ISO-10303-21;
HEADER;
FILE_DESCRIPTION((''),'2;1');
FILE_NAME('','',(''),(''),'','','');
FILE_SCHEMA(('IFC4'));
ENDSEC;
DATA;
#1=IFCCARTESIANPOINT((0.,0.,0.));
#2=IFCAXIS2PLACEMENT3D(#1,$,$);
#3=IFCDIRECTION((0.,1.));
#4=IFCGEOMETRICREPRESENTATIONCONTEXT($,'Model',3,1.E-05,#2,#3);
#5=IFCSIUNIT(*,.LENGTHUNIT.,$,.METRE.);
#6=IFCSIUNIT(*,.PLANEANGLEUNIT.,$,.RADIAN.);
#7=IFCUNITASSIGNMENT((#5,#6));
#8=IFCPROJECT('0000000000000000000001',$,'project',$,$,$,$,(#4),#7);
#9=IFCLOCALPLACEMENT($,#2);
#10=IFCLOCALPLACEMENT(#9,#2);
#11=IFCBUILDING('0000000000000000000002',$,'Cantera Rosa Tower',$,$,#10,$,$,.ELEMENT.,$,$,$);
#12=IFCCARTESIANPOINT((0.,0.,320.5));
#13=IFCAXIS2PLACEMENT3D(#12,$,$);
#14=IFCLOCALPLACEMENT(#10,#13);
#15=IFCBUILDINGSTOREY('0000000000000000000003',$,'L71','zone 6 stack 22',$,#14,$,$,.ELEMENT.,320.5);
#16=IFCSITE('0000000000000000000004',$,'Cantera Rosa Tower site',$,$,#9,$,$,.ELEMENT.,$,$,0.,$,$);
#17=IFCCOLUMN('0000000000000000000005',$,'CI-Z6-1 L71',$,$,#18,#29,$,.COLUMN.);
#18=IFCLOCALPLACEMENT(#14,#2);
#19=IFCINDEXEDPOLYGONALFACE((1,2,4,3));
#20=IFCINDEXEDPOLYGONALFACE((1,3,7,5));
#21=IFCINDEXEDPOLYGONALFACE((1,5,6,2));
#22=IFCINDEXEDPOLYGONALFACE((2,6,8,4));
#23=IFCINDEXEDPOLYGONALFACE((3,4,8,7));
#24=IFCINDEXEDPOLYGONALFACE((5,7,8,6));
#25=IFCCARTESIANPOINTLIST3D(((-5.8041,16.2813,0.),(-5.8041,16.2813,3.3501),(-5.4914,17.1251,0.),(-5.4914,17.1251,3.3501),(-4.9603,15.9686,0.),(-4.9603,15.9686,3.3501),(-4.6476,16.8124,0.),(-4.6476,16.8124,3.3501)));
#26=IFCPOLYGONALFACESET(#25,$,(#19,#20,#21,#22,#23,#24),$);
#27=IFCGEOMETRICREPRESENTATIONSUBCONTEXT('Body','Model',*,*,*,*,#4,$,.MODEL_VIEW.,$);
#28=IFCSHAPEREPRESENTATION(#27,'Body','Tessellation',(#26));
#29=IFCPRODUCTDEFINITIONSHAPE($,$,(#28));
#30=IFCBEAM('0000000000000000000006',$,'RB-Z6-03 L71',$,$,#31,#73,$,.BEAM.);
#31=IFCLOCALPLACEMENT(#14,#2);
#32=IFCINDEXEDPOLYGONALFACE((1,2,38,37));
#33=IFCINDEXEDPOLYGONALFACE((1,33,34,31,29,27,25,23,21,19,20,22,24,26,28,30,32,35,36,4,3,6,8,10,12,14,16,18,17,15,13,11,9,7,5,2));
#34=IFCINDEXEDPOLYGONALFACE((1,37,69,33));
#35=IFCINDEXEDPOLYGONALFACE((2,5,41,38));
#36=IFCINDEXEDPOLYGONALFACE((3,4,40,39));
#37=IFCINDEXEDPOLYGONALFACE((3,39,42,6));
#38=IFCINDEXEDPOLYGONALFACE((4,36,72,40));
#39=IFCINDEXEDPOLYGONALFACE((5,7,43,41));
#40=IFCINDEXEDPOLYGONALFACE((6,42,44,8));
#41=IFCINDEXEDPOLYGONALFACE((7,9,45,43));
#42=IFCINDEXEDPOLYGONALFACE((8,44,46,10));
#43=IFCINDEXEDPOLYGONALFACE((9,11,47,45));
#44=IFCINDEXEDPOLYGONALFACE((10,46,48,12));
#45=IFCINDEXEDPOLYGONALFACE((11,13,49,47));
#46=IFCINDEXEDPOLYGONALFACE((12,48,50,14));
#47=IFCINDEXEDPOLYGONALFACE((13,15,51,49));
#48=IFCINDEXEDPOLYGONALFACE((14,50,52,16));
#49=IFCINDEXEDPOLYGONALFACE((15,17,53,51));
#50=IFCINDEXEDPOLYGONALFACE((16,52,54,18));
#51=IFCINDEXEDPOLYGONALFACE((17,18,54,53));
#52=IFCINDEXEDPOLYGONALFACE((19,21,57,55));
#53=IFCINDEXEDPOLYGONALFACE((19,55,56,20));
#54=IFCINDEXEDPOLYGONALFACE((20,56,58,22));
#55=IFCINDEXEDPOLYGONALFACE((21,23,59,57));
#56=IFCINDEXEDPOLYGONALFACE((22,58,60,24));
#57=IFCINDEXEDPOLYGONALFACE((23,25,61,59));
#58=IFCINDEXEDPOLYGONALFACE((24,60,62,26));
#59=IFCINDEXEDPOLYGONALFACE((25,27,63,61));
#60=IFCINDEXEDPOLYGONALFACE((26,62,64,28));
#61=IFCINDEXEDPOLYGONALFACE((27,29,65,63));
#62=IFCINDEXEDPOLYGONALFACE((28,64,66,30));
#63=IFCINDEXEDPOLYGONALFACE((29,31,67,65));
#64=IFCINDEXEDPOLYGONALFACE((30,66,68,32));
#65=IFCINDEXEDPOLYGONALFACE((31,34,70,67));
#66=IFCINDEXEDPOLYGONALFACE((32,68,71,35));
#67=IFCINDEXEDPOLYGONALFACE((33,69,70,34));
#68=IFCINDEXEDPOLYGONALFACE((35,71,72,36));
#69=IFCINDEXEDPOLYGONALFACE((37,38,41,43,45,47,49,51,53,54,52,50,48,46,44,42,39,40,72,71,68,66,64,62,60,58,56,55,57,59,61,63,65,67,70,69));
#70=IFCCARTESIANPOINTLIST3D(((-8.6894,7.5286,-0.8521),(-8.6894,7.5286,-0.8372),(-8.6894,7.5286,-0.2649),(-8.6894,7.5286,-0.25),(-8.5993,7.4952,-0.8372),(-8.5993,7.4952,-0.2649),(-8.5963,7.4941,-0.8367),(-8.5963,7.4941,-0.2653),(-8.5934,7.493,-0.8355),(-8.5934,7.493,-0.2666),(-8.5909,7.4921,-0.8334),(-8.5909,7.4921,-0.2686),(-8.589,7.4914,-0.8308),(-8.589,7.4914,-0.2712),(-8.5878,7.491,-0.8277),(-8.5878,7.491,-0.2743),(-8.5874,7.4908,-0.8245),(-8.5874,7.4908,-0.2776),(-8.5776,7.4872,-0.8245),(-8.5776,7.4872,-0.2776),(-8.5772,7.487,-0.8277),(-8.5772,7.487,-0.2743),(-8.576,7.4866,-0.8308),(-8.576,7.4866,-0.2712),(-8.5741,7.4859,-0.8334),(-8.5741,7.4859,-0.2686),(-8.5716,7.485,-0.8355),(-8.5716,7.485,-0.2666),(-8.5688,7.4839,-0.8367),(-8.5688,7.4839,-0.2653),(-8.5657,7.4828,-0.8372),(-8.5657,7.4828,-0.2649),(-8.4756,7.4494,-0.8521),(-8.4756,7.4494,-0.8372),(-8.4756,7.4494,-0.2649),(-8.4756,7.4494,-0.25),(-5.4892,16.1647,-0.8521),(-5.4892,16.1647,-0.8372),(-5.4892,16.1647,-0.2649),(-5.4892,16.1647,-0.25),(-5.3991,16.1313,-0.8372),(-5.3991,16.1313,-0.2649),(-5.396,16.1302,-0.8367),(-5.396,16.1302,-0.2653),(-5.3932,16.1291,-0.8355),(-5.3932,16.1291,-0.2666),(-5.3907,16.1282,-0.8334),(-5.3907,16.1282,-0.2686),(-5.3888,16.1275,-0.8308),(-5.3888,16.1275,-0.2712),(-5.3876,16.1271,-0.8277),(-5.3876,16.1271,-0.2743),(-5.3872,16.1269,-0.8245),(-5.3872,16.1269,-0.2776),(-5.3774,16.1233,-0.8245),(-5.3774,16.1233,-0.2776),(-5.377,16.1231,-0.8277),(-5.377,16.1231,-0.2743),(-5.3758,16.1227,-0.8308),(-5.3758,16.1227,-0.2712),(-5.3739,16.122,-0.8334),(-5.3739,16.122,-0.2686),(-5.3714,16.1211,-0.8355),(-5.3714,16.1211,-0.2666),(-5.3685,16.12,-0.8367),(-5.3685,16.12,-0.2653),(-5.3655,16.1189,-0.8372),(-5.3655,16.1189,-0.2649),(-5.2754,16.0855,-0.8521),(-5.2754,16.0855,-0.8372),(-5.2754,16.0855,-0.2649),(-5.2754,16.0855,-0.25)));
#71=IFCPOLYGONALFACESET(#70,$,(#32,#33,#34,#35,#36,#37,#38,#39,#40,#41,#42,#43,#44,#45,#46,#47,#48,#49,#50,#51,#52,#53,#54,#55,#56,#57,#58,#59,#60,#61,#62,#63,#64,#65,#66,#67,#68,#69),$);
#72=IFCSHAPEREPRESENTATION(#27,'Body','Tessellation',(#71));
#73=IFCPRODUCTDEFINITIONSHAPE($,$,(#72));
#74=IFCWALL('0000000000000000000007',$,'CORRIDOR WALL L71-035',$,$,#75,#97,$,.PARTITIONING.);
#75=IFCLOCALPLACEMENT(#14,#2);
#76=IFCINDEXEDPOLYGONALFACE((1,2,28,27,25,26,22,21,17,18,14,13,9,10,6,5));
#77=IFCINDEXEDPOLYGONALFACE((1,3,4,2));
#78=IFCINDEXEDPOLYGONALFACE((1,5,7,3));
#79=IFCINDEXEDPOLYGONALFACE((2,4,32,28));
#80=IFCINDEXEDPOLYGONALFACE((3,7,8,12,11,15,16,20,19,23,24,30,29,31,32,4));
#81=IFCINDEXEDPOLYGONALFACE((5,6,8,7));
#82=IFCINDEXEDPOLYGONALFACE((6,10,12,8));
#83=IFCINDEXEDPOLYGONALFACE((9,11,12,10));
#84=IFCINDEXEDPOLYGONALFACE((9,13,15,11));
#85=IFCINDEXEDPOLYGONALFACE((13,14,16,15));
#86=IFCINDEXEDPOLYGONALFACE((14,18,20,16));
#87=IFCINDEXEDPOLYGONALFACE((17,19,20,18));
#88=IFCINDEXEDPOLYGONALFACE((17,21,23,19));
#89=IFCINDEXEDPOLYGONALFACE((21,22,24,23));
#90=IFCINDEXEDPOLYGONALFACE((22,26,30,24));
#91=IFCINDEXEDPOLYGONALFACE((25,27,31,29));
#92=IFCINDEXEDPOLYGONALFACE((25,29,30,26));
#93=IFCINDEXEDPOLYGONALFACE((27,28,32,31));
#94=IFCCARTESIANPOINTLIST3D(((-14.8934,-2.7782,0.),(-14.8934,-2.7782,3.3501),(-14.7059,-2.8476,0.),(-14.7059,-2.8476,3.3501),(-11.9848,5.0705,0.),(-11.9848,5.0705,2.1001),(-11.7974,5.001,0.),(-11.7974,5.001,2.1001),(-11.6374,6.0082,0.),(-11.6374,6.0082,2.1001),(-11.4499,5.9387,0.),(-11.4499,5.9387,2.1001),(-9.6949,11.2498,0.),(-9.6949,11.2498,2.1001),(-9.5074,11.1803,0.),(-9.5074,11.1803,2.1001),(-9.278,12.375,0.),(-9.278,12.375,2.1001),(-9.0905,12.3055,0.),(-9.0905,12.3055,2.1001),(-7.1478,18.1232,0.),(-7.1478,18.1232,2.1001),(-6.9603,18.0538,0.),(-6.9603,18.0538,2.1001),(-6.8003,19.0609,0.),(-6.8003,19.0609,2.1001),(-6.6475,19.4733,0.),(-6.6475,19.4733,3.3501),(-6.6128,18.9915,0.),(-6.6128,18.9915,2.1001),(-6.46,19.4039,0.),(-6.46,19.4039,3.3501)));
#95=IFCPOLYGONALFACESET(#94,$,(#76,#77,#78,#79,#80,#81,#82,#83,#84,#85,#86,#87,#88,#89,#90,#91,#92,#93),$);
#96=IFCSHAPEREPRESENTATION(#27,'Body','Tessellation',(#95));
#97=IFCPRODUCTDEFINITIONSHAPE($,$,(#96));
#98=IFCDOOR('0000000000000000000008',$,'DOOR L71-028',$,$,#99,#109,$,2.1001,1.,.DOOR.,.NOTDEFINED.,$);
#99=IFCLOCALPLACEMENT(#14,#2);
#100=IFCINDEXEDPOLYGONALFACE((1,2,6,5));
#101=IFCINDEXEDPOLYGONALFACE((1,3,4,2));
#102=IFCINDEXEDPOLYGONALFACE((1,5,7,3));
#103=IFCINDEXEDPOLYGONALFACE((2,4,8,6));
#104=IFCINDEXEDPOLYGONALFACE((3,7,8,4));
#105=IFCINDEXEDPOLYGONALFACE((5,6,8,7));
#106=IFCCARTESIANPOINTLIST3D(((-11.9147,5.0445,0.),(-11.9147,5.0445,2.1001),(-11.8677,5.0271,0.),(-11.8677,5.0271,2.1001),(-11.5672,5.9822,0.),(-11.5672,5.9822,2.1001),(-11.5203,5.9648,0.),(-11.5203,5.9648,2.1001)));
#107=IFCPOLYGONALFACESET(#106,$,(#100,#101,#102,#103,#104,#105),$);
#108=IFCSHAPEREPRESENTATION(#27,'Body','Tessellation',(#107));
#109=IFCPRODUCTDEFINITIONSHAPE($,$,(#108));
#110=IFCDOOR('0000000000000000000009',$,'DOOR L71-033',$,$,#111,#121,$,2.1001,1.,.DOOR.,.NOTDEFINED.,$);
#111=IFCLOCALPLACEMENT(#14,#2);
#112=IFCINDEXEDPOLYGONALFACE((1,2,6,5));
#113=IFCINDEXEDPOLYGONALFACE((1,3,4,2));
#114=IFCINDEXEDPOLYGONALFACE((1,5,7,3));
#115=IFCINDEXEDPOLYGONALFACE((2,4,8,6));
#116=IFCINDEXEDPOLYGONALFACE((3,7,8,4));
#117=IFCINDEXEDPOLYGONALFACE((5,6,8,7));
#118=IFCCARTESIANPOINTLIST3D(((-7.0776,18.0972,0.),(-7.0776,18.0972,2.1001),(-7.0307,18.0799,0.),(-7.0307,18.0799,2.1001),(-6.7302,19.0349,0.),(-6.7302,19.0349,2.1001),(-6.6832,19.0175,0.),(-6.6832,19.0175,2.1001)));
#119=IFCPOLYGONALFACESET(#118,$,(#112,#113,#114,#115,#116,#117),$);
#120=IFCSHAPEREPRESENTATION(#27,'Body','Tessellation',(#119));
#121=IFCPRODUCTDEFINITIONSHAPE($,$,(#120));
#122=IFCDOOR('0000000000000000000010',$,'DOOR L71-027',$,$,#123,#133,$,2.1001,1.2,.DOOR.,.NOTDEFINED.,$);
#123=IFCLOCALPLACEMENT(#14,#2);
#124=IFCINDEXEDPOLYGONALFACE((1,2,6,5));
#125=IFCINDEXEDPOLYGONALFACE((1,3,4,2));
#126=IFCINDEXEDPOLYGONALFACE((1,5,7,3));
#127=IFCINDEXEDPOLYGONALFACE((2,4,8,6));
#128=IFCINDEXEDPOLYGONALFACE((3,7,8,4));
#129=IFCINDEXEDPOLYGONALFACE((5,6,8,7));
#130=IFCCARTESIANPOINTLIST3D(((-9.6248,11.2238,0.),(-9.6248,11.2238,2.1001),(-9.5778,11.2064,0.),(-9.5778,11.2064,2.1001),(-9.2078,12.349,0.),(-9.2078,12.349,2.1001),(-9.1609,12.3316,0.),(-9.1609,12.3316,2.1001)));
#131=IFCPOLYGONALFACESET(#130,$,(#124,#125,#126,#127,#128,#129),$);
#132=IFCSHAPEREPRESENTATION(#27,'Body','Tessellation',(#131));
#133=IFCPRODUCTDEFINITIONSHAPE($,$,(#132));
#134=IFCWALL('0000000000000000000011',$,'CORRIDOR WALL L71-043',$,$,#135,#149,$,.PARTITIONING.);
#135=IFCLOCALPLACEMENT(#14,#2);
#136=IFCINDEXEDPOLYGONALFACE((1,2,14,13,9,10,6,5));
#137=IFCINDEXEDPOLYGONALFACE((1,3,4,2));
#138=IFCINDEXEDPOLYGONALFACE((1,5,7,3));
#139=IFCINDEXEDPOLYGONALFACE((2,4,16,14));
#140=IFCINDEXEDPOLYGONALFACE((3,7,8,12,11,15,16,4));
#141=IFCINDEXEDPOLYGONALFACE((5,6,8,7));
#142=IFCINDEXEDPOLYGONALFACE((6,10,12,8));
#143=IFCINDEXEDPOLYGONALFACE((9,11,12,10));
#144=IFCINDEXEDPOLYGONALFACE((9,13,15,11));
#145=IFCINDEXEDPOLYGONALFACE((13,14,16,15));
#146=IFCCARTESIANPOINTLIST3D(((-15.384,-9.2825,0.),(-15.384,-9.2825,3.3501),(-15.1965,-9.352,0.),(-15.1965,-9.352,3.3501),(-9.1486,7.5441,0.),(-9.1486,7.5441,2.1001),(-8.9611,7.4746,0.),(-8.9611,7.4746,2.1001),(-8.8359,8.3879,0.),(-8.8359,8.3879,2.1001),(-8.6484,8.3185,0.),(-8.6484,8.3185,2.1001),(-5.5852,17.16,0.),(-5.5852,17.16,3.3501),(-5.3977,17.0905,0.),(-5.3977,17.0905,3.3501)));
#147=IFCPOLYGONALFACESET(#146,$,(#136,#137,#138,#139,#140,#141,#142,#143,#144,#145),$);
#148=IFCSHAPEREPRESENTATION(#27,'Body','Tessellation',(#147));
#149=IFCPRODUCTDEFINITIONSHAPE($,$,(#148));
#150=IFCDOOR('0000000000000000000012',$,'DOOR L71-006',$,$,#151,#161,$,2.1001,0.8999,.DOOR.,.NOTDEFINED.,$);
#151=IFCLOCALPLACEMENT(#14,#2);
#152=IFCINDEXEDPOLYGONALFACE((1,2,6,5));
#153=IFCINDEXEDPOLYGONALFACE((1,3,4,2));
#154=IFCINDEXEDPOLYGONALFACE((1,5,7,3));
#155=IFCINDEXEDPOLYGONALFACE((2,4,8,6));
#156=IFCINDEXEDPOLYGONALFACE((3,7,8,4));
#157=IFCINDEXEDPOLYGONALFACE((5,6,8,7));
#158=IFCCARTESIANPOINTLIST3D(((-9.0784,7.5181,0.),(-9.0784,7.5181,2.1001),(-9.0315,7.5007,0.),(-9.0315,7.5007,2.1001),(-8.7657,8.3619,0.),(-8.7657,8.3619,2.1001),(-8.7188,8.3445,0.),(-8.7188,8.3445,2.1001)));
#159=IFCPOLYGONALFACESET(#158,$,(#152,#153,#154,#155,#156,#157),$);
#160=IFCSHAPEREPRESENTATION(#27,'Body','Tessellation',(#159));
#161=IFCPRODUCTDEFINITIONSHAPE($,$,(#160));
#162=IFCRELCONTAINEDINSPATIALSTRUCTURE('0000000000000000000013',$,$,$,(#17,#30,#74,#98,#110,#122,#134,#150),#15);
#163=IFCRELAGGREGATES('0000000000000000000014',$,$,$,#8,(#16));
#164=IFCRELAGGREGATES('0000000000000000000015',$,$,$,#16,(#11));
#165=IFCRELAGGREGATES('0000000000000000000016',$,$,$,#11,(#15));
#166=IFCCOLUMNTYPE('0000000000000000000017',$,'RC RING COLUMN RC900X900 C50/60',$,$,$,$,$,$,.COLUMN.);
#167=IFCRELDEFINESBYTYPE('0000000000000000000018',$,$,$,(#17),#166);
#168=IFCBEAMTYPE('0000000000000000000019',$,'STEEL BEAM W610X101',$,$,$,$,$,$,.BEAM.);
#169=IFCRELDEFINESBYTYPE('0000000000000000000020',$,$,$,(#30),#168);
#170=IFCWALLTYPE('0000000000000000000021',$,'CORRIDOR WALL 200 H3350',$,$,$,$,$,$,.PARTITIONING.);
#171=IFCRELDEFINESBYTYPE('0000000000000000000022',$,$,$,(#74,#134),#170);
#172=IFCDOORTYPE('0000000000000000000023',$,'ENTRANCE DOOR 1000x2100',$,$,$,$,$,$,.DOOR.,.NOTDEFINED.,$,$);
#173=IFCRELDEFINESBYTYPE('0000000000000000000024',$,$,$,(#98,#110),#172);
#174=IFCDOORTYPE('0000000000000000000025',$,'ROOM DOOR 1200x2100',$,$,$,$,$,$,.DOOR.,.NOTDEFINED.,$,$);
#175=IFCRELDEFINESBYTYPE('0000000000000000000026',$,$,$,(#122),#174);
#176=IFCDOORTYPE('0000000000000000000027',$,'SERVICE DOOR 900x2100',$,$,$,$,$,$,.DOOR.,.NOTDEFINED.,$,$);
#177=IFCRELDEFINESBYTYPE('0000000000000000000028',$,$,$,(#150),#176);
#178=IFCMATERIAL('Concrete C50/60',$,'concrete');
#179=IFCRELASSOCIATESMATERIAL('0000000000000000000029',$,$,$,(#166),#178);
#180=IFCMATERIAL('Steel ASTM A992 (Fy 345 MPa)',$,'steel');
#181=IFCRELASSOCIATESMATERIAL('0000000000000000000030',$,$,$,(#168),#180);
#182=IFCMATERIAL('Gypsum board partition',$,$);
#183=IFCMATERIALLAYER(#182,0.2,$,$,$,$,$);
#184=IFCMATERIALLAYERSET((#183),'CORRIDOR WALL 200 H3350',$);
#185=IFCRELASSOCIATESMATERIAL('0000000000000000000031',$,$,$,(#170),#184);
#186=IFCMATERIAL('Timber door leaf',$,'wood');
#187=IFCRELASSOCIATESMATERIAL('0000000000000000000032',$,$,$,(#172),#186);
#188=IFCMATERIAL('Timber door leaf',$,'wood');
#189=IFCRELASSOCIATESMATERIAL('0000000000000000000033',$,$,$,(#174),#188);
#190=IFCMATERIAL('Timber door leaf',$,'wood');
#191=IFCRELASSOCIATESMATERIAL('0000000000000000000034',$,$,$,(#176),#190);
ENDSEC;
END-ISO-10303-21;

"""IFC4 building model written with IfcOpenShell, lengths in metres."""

from ifc_helpers import new_model, si_unit, direction, frame, frame_2d, origin, origin_2d, place, context, subcontext, project, spatial, rectangle, i_section, extrude, material, layer, layer_set, material_profile, profile_set, type_object, element, fill, save


model = new_model("IFC4")

# Units and contexts
model_context = context("Model", 3, precision=1e-05, world=origin(), true_north=direction((0.0, 1.0)))
body_context = subcontext(model_context, "Body", "Model", "MODEL_VIEW")
ifc_project = project(units=[si_unit("LENGTHUNIT", "METRE"), si_unit("PLANEANGLEUNIT", "RADIAN")], contexts=[model_context])

# Site, building, storey
site_placement = place(None, origin())
site = spatial("IfcSite", under=ifc_project, at=site_placement, Name="Cantera Rosa Tower site", CompositionType="ELEMENT", RefElevation=0.0)
building_placement = place(site_placement, origin())
building = spatial("IfcBuilding", under=site, at=building_placement, Name="Cantera Rosa Tower", CompositionType="ELEMENT")
storey_placement = place(building_placement, frame((0.0, 0.0, 320.5)))
storey = spatial("IfcBuildingStorey", under=building, at=storey_placement, Name="L71", Description="zone 6 stack 22", CompositionType="ELEMENT", Elevation=320.5)

# Column
ifc_material_1 = material(Name="Concrete C50/60", Category="concrete")
ifc_material_profile_1 = material_profile(ifc_material_1, rectangle(XDim=0.8999, YDim=0.8999, at=origin_2d()), Name="RC RING COLUMN RC900X900 C50/60")
ifc_profile_set_1 = profile_set([ifc_material_profile_1], Name="Concrete C50/60")
column_type = type_object("IfcColumnType", Name="RC RING COLUMN RC900X900 C50/60", PredefinedType="COLUMN", material=ifc_profile_set_1)
column_placement = place(storey_placement, frame((-5.2258, 16.5469, 0.0), z_axis=(0.0, 0.0, 1.0), x_axis=(0.347481, 0.937687, 0.0)))
element("IfcColumn", 1, at=column_placement, inside=storey, type_object=column_type, Name="CI-Z6-1 L71", PredefinedType="COLUMN", context=body_context, shape_type="SweptSolid", body=[
    extrude(rectangle(XDim=0.8999, YDim=0.8999, at=origin_2d()), origin(), (0.0, 0.0, 1.0), 3.3501),
])

# Beam
ifc_material_2 = material(Name="Steel ASTM A992 (Fy 345 MPa)", Category="steel")
ifc_material_profile_2 = material_profile(ifc_material_2, i_section(OverallWidth=0.228, OverallDepth=0.6021, WebThickness=0.0105, FlangeThickness=0.0149, FilletRadius=0.0127, at=origin_2d()), Name="W610X101")
ifc_profile_set_2 = profile_set([ifc_material_profile_2], Name="Steel ASTM A992 (Fy 345 MPa)")
beam_type = type_object("IfcBeamType", Name="STEEL BEAM W610X101", PredefinedType="BEAM", material=ifc_profile_set_2)
beam_placement = place(storey_placement, frame((-8.5825, 7.489, -0.551), z_axis=(0.347475, 0.937689, 0.0), x_axis=(-0.937689, 0.347475, 0.0)))
element("IfcBeam", 2, at=beam_placement, inside=storey, type_object=beam_type, Name="RB-Z6-03 L71", PredefinedType="BEAM", context=body_context, shape_type="SweptSolid", body=[
    extrude(i_section(OverallWidth=0.228, OverallDepth=0.6021, WebThickness=0.0105, FlangeThickness=0.0149, FilletRadius=0.0127, at=origin_2d()), origin(), (0.0, 0.0, 1.0), 9.21),
])

# Wall, openings, doors
ifc_material_3 = material(Name="Gypsum board partition")
ifc_layer_1 = layer(ifc_material_3, 0.2)
ifc_layer_set_1 = layer_set([ifc_layer_1], Name="CORRIDOR WALL 200 H3350")
wall_type_1 = type_object("IfcWallType", Name="CORRIDOR WALL 200 H3350", PredefinedType="PARTITIONING", material=ifc_layer_set_1)
wall_1_placement = place(storey_placement, frame((-6.5537, 19.4387, 0.0), z_axis=(0.0, 0.0, 1.0), x_axis=(-0.347484, -0.937686, 0.0)))
wall_1 = element("IfcWall", 3, at=wall_1_placement, inside=storey, type_object=wall_type_1, Name="CORRIDOR WALL L71-035", PredefinedType="PARTITIONING", context=body_context, shape_type="SweptSolid", body=[
    extrude(rectangle(XDim=23.7302, YDim=0.2, at=frame_2d((11.8652, 0.0))), origin(), (0.0, 0.0, 1.0), 3.3501),
])
opening_1_placement = place(wall_1_placement, frame((7.5701, 0.0, 0.0)))
opening_1 = element("IfcOpeningElement", 4, at=opening_1_placement, cuts=wall_1, PredefinedType="OPENING", context=body_context, shape_type="SweptSolid", body=[
    extrude(rectangle(XDim=1.2, YDim=2.1001, at=frame_2d((0.6001, 1.05))), frame((0.0, 0.1099, 0.0), z_axis=(0.0, -1.0, 0.0), x_axis=(1.0, 0.0, 0.0)), (0.0, 0.0, 1.0), 0.22),
])
opening_2_placement = place(wall_1_placement, frame((14.3601, 0.0, 0.0)))
opening_2 = element("IfcOpeningElement", 5, at=opening_2_placement, cuts=wall_1, PredefinedType="OPENING", context=body_context, shape_type="SweptSolid", body=[
    extrude(rectangle(XDim=1.0, YDim=2.1001, at=frame_2d((0.5, 1.05))), frame((0.0, 0.1099, 0.0), z_axis=(0.0, -1.0, 0.0), x_axis=(1.0, 0.0, 0.0)), (0.0, 0.0, 1.0), 0.22),
])
opening_3_placement = place(wall_1_placement, frame((0.4399, 0.0, 0.0)))
opening_3 = element("IfcOpeningElement", 6, at=opening_3_placement, cuts=wall_1, PredefinedType="OPENING", context=body_context, shape_type="SweptSolid", body=[
    extrude(rectangle(XDim=1.0, YDim=2.1001, at=frame_2d((0.5, 1.05))), frame((0.0, 0.1099, 0.0), z_axis=(0.0, -1.0, 0.0), x_axis=(1.0, 0.0, 0.0)), (0.0, 0.0, 1.0), 0.22),
])
ifc_material_4 = material(Name="Timber door leaf", Category="wood")
door_type_1 = type_object("IfcDoorType", Name="ENTRANCE DOOR 1000x2100", OperationType="NOTDEFINED", PredefinedType="DOOR", material=ifc_material_4)
door_1_placement = place(opening_2_placement, origin())
door_1 = element("IfcDoor", 7, at=door_1_placement, inside=storey, type_object=door_type_1, Name="DOOR L71-028", OperationType="NOTDEFINED", OverallHeight=2.1001, OverallWidth=1.0, PredefinedType="DOOR", context=body_context, shape_type="SweptSolid", body=[
    extrude(rectangle(XDim=1.0, YDim=2.1001, at=frame_2d((0.5, 1.05))), frame((0.0, 0.0249, 0.0), z_axis=(0.0, -1.0, 0.0), x_axis=(1.0, 0.0, 0.0)), (0.0, 0.0, 1.0), 0.05),
])
fill(opening_2, door_1)
door_2_placement = place(opening_3_placement, origin())
door_2 = element("IfcDoor", 8, at=door_2_placement, inside=storey, type_object=door_type_1, Name="DOOR L71-033", OperationType="NOTDEFINED", OverallHeight=2.1001, OverallWidth=1.0, PredefinedType="DOOR", context=body_context, shape_type="SweptSolid", body=[
    extrude(rectangle(XDim=1.0, YDim=2.1001, at=frame_2d((0.5, 1.05))), frame((0.0, 0.0249, 0.0), z_axis=(0.0, -1.0, 0.0), x_axis=(1.0, 0.0, 0.0)), (0.0, 0.0, 1.0), 0.05),
])
fill(opening_3, door_2)
ifc_material_5 = material(Name="Timber door leaf", Category="wood")
door_type_2 = type_object("IfcDoorType", Name="ROOM DOOR 1200x2100", OperationType="NOTDEFINED", PredefinedType="DOOR", material=ifc_material_5)
door_3_placement = place(opening_1_placement, origin())
door_3 = element("IfcDoor", 9, at=door_3_placement, inside=storey, type_object=door_type_2, Name="DOOR L71-027", OperationType="NOTDEFINED", OverallHeight=2.1001, OverallWidth=1.2, PredefinedType="DOOR", context=body_context, shape_type="SweptSolid", body=[
    extrude(rectangle(XDim=1.2, YDim=2.1001, at=frame_2d((0.6001, 1.05))), frame((0.0, 0.0249, 0.0), z_axis=(0.0, -1.0, 0.0), x_axis=(1.0, 0.0, 0.0)), (0.0, 0.0, 1.0), 0.05),
])
fill(opening_1, door_3)

# Wall, opening, door
wall_2_placement = place(storey_placement, frame((-5.4915, 17.1252, 0.0), z_axis=(0.0, 0.0, 1.0), x_axis=(-0.347478, -0.937688, 0.0)))
wall_2 = element("IfcWall", 10, at=wall_2_placement, inside=storey, type_object=wall_type_1, Name="CORRIDOR WALL L71-043", PredefinedType="PARTITIONING", context=body_context, shape_type="SweptSolid", body=[
    extrude(rectangle(XDim=28.1997, YDim=0.2, at=frame_2d((14.0999, 0.0))), origin(), (0.0, 0.0, 1.0), 3.3501),
])
opening_4_placement = place(wall_2_placement, frame((9.355, 0.0, 0.0)))
opening_4 = element("IfcOpeningElement", 11, at=opening_4_placement, cuts=wall_2, PredefinedType="OPENING", context=body_context, shape_type="SweptSolid", body=[
    extrude(rectangle(XDim=0.8999, YDim=2.1001, at=frame_2d((0.45, 1.05))), frame((0.0, 0.1099, 0.0), z_axis=(0.0, -1.0, 0.0), x_axis=(1.0, 0.0, 0.0)), (0.0, 0.0, 1.0), 0.22),
])
ifc_material_6 = material(Name="Timber door leaf", Category="wood")
door_type_3 = type_object("IfcDoorType", Name="SERVICE DOOR 900x2100", OperationType="NOTDEFINED", PredefinedType="DOOR", material=ifc_material_6)
door_4_placement = place(opening_4_placement, origin())
door_4 = element("IfcDoor", 12, at=door_4_placement, inside=storey, type_object=door_type_3, Name="DOOR L71-006", OperationType="NOTDEFINED", OverallHeight=2.1001, OverallWidth=0.8999, PredefinedType="DOOR", context=body_context, shape_type="SweptSolid", body=[
    extrude(rectangle(XDim=0.8999, YDim=2.1001, at=frame_2d((0.45, 1.05))), frame((0.0, 0.0249, 0.0), z_axis=(0.0, -1.0, 0.0), x_axis=(1.0, 0.0, 0.0)), (0.0, 0.0, 1.0), 0.05),
])
fill(opening_4, door_4)

save(model, "model.ifc")
